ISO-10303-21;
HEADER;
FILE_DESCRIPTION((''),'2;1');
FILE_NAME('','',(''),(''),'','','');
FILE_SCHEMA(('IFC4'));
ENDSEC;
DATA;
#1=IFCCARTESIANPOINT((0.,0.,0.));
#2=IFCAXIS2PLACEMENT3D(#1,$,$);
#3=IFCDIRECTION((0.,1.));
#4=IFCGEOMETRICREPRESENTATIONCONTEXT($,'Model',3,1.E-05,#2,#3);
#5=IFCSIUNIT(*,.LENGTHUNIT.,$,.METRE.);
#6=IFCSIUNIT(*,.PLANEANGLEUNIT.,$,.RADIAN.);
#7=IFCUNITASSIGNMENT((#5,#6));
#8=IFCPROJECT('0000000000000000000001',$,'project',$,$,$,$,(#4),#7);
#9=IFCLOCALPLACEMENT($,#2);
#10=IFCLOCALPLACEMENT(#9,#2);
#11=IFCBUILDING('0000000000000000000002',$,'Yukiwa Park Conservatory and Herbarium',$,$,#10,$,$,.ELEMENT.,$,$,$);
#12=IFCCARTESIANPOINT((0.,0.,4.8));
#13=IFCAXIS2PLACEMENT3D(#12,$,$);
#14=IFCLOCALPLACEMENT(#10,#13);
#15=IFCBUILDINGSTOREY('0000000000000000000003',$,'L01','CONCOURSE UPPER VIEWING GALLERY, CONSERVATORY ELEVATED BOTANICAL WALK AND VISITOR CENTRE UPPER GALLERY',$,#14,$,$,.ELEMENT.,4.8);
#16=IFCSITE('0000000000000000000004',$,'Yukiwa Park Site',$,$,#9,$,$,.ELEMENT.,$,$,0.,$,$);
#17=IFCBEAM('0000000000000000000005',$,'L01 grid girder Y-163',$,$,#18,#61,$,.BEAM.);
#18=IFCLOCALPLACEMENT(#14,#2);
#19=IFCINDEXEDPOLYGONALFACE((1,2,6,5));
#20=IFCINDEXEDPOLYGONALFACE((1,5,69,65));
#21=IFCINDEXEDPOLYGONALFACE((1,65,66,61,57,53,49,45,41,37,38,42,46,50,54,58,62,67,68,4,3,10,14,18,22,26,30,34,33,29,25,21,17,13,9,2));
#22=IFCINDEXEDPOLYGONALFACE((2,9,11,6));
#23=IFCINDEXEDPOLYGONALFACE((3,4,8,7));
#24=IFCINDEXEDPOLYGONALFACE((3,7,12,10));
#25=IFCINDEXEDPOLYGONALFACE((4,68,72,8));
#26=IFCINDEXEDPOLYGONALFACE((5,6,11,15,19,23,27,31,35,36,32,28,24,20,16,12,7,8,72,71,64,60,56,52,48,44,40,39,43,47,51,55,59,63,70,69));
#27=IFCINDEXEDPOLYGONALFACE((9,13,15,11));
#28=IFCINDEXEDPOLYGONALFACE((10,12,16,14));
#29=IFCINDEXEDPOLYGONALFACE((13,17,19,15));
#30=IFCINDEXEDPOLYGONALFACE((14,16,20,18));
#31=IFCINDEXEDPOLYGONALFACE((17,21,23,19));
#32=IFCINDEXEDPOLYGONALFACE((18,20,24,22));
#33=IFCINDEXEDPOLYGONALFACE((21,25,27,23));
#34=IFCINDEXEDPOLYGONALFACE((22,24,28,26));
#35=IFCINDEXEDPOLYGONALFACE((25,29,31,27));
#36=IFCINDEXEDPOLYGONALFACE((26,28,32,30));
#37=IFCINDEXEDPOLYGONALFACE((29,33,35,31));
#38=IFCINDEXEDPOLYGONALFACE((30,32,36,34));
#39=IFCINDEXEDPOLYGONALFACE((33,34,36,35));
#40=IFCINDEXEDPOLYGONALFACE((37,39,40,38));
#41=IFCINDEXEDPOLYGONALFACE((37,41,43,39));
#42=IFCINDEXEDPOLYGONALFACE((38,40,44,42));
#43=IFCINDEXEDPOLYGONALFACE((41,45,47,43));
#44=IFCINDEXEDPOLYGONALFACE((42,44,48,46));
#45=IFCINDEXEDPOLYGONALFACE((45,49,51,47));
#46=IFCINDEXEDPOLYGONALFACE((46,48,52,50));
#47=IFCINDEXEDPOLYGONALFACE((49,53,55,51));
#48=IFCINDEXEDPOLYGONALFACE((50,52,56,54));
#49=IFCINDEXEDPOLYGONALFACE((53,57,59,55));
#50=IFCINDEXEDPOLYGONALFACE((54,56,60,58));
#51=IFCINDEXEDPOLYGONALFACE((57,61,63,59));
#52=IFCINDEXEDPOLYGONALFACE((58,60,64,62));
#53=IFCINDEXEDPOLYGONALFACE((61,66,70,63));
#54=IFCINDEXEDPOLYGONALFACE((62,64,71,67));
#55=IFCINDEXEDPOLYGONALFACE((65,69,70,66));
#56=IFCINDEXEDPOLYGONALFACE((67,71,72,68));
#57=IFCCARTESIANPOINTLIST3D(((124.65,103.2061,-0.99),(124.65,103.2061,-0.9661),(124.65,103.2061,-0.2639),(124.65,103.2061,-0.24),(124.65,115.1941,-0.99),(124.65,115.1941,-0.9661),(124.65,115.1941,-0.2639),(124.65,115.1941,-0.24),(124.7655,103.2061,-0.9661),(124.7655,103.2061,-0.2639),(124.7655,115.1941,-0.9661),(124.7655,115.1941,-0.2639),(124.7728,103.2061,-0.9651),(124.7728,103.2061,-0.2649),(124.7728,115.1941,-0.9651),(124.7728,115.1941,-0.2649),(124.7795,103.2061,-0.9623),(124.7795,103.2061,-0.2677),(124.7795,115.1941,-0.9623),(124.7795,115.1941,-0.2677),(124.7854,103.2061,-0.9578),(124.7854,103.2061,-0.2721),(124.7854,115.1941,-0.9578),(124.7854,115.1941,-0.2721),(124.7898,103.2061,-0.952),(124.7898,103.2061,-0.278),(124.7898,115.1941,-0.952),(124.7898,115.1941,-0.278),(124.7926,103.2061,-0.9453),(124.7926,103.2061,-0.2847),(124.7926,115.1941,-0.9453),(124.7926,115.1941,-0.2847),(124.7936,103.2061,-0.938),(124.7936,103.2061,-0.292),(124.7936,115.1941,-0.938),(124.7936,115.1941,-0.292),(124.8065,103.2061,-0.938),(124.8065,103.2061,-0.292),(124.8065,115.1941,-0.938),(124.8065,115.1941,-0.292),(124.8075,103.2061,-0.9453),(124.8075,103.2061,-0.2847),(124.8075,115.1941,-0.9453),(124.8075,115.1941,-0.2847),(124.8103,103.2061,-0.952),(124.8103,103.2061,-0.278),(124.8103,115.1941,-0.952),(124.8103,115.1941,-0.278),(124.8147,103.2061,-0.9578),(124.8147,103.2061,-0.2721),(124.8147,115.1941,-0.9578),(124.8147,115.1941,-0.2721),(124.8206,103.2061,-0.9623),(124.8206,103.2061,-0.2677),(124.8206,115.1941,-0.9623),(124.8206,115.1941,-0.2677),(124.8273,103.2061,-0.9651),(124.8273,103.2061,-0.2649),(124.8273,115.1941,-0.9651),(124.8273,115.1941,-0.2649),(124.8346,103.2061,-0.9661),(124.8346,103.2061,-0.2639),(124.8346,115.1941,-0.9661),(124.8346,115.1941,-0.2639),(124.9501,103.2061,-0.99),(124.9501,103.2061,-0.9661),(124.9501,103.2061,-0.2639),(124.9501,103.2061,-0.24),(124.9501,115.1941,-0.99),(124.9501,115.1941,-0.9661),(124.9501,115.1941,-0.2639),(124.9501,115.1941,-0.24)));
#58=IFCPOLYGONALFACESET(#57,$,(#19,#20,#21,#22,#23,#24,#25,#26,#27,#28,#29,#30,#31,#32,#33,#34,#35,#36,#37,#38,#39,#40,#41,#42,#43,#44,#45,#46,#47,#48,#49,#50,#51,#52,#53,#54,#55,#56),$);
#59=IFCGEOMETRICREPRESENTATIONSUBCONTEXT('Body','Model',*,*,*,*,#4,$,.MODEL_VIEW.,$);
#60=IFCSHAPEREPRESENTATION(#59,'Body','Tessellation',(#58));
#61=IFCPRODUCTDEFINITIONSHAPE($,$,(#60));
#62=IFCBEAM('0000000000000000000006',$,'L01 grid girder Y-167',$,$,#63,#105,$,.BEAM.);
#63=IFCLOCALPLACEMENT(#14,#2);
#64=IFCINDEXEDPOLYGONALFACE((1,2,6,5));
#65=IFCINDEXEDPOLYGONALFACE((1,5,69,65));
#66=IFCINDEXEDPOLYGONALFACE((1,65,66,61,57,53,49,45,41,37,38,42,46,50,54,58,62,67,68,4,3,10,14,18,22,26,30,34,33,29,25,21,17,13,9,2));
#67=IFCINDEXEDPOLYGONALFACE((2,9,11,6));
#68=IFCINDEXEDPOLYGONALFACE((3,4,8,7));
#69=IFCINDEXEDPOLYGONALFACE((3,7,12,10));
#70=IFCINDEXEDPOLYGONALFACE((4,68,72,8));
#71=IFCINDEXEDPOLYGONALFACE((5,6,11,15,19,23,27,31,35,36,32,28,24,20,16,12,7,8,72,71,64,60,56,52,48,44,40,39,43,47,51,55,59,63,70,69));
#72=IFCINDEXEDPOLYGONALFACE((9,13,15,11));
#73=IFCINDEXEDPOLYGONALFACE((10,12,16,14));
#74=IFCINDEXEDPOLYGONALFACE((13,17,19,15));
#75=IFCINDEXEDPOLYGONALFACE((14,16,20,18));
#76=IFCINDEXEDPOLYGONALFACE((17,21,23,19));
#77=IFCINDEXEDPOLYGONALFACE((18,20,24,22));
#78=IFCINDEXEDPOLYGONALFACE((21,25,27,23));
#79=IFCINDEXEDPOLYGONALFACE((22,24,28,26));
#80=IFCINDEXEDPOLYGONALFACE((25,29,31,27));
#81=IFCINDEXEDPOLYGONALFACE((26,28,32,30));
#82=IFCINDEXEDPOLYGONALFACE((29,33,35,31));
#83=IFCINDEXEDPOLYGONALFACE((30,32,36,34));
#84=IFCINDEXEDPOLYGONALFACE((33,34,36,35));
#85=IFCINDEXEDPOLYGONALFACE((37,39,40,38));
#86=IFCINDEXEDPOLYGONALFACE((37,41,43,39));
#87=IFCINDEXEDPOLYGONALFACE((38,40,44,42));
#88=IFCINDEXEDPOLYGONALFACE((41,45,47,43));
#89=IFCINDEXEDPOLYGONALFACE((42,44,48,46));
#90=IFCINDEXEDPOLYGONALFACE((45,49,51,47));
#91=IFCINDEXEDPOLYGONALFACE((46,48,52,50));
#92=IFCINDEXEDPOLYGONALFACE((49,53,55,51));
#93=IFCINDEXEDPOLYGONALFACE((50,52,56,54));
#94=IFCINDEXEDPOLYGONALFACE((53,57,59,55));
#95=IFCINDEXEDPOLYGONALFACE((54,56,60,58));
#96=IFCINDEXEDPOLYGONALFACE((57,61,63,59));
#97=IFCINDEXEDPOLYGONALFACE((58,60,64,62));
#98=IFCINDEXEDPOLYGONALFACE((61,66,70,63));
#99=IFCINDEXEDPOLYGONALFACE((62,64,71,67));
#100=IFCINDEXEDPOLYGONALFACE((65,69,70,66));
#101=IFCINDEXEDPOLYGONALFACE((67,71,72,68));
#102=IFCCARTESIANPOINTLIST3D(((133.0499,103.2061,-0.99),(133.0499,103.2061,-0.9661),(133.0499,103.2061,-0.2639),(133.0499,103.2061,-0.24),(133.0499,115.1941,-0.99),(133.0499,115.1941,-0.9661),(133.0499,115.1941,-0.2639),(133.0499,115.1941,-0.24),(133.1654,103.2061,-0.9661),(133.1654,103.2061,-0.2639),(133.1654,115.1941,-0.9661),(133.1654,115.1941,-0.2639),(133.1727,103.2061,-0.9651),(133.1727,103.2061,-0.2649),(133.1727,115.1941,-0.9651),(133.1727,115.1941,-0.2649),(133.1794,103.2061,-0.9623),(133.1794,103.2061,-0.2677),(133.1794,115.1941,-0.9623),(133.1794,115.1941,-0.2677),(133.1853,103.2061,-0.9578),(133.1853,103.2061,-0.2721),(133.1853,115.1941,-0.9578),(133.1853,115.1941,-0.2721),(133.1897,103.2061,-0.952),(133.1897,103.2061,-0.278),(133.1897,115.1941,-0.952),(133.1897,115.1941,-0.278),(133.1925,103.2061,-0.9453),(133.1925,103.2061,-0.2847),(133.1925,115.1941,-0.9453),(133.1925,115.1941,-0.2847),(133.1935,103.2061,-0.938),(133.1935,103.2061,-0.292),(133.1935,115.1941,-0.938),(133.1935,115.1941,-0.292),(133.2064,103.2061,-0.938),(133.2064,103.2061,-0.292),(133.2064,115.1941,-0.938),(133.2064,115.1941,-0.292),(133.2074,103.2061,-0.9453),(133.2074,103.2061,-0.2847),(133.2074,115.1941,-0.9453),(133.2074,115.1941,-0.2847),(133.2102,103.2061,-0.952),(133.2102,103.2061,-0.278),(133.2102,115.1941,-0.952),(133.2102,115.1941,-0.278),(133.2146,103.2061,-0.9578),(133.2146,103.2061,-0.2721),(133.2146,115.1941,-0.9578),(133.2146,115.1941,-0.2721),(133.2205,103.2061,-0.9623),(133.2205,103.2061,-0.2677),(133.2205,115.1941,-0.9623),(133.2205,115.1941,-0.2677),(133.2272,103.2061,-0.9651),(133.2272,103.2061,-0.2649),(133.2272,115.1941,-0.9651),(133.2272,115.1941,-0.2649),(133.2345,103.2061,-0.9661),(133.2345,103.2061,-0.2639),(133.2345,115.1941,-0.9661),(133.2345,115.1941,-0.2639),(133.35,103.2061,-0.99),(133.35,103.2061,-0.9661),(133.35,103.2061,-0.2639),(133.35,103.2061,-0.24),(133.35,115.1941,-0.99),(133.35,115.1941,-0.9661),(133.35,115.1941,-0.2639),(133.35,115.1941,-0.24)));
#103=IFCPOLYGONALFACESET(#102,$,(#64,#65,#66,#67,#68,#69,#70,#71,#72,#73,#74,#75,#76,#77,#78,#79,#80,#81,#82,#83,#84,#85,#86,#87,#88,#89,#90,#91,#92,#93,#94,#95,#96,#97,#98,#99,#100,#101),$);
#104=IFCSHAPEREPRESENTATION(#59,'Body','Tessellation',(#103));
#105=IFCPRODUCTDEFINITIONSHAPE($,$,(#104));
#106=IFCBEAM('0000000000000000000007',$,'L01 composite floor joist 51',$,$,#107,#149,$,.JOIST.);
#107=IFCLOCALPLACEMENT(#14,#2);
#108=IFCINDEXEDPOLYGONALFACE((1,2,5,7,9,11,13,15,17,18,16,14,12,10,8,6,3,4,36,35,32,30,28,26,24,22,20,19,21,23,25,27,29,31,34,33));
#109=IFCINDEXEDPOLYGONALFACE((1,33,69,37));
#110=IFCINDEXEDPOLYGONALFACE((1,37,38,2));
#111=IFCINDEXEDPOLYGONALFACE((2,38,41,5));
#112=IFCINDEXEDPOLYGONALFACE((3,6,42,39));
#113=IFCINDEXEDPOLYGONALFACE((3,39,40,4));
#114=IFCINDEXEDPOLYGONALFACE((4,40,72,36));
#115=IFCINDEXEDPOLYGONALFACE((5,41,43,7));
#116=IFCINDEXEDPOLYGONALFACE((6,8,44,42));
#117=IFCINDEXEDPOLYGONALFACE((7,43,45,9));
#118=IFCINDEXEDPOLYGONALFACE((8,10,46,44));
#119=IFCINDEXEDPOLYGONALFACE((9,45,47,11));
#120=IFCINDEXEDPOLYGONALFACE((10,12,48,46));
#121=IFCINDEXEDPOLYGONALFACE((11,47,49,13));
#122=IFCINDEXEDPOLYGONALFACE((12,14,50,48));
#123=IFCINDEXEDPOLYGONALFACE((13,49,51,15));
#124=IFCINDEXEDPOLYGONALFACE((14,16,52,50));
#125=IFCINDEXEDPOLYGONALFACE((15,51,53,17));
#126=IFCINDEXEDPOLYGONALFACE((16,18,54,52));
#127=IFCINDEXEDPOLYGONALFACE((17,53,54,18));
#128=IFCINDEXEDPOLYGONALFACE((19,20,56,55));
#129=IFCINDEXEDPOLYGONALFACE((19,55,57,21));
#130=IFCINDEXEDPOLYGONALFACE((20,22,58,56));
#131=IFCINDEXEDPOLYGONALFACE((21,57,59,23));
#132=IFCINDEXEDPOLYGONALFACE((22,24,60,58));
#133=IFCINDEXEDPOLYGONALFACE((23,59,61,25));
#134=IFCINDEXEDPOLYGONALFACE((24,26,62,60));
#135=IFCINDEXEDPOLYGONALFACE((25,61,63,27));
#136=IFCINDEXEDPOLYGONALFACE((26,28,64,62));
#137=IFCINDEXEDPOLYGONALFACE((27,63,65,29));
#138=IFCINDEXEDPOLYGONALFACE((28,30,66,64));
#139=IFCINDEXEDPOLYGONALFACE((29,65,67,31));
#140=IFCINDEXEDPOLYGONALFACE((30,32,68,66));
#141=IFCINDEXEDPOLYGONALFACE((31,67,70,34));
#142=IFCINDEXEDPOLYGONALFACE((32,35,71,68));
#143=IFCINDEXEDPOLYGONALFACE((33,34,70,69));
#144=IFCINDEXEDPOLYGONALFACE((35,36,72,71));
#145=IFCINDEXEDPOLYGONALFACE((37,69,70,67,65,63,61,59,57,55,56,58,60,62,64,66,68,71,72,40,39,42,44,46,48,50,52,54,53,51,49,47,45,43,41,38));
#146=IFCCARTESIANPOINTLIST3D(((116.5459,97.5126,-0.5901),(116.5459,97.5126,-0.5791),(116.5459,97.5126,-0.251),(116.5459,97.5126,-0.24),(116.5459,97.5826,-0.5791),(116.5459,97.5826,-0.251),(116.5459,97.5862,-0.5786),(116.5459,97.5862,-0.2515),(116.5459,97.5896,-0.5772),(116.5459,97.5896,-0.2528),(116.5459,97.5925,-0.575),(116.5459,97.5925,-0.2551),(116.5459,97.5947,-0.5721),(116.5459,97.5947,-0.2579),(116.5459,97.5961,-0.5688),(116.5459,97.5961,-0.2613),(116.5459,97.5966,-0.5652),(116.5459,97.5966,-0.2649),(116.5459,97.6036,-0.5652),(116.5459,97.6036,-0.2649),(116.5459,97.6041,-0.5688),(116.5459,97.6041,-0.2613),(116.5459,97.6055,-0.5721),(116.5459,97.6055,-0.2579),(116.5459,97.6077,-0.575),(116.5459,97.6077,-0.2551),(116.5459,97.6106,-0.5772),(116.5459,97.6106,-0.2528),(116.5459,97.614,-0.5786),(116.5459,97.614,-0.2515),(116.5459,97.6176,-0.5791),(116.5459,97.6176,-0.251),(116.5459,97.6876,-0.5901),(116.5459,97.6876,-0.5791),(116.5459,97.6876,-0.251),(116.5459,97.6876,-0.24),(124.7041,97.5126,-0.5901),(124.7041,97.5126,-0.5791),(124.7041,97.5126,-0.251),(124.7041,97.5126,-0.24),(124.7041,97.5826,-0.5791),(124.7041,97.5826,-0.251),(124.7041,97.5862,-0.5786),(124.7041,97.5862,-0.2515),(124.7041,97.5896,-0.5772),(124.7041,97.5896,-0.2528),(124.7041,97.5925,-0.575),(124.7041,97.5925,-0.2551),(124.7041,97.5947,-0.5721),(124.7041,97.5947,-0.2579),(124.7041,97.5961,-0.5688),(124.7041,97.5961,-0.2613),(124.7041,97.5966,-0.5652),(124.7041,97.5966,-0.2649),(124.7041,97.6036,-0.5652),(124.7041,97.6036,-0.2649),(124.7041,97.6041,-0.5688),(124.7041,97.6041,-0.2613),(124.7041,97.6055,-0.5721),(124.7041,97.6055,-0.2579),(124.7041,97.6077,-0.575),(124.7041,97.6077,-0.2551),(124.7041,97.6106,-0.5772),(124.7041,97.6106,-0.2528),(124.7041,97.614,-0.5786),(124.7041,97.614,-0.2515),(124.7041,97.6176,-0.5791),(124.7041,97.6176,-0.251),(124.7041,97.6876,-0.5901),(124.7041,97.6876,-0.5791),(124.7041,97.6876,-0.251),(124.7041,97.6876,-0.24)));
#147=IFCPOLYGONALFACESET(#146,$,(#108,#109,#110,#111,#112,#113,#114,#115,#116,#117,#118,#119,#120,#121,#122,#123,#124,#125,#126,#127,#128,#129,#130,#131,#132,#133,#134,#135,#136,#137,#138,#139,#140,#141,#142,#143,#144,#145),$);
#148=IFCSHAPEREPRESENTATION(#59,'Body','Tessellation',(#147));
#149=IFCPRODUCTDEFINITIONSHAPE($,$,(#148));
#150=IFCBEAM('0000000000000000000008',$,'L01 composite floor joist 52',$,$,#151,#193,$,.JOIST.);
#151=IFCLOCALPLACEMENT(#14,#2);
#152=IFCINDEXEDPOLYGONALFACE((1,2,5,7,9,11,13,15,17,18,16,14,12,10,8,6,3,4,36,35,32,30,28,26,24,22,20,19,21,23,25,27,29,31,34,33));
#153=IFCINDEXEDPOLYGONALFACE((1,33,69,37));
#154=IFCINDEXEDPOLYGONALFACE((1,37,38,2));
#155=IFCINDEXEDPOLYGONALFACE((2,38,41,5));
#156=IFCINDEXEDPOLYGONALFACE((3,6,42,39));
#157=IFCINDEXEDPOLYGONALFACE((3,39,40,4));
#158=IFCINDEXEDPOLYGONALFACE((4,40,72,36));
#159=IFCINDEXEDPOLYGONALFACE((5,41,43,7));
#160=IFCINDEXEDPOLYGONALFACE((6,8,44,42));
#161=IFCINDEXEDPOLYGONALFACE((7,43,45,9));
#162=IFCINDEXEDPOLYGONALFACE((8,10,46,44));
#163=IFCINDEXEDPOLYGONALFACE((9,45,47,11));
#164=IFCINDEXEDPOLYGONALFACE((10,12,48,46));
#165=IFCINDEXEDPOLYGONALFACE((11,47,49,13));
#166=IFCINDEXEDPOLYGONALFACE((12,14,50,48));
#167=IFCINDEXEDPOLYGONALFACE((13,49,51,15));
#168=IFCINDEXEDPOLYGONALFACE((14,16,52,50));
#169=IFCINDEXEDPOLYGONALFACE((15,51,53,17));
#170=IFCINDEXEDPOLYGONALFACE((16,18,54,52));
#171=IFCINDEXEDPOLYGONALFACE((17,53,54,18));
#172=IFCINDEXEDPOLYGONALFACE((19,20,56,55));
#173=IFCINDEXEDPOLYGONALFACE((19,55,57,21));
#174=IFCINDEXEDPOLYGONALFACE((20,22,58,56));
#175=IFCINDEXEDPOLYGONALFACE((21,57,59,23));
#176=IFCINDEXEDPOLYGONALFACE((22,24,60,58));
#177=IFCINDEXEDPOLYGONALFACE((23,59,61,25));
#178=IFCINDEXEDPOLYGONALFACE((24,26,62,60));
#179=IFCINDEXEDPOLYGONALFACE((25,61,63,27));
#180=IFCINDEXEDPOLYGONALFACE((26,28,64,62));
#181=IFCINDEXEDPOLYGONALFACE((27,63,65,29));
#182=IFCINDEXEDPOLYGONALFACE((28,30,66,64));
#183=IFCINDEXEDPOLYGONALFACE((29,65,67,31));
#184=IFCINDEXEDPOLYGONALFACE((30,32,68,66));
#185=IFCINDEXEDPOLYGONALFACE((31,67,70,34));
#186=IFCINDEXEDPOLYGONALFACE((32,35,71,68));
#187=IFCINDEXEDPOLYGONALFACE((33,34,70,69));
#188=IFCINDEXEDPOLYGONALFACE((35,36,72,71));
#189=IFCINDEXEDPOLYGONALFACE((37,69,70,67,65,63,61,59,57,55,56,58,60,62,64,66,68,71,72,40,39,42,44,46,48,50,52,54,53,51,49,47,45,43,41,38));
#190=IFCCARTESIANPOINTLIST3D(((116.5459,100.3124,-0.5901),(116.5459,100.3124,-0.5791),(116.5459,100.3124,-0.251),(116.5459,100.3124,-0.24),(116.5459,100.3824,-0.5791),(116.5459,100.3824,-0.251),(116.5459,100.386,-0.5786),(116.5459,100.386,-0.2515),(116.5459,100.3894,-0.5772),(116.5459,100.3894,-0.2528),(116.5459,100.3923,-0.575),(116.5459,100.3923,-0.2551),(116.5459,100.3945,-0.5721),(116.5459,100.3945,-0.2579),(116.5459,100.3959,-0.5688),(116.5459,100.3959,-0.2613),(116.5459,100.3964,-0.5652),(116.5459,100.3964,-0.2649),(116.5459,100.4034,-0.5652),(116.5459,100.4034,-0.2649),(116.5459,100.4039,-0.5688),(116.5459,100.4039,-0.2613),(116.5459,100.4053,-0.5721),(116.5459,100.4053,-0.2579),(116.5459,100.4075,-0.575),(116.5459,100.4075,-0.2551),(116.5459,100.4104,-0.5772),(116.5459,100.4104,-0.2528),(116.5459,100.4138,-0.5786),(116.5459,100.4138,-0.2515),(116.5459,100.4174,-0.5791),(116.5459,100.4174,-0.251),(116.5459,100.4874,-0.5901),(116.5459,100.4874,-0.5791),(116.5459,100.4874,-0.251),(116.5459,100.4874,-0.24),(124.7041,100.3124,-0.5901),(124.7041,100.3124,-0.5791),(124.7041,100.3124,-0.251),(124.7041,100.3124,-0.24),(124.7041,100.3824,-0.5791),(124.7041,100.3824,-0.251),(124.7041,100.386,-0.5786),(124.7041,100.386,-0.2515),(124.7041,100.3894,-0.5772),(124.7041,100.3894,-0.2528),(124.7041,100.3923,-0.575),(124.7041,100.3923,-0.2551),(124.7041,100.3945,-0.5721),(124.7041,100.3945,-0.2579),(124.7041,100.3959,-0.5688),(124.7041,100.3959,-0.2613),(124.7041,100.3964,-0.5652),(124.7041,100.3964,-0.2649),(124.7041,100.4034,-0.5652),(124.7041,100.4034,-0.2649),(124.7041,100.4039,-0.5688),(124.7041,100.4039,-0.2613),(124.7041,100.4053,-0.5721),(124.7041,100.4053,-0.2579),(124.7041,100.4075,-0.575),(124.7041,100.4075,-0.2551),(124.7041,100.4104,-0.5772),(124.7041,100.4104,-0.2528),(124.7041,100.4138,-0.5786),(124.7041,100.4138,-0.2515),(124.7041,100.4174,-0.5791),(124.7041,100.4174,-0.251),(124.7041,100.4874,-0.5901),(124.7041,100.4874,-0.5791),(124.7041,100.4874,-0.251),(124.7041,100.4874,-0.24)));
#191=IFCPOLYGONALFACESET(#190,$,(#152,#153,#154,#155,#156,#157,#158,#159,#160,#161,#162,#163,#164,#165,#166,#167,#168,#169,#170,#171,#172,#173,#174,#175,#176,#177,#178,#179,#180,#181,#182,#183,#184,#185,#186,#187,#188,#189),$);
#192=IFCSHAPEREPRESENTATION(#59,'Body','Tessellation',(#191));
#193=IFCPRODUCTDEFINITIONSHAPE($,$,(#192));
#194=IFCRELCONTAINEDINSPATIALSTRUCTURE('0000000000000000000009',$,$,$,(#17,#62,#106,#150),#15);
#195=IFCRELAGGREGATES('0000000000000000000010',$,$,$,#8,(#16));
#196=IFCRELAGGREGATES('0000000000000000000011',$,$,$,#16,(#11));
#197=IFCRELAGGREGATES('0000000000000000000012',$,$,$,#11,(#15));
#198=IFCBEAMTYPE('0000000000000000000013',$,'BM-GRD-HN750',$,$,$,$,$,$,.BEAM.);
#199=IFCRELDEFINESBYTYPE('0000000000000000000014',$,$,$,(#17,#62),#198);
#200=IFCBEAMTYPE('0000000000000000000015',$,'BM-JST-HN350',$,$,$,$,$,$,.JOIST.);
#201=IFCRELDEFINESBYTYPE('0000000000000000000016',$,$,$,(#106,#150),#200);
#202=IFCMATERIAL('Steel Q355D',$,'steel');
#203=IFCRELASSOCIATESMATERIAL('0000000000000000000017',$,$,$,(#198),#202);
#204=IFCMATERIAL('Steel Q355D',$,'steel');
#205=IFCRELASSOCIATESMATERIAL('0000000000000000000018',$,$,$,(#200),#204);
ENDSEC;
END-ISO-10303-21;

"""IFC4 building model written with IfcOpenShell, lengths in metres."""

from ifc_helpers import new_model, si_unit, direction, frame, origin, origin_2d, place, context, subcontext, project, spatial, i_section, extrude, material, material_profile, profile_set, type_object, element, save


model = new_model("IFC4")

# Units and contexts
model_context = context("Model", 3, precision=1e-05, world=origin(), true_north=direction((0.0, 1.0)))
body_context = subcontext(model_context, "Body", "Model", "MODEL_VIEW")
ifc_project = project(units=[si_unit("LENGTHUNIT", "METRE"), si_unit("PLANEANGLEUNIT", "RADIAN")], contexts=[model_context])

# Site, building, storey
site_placement = place(None, origin())
site = spatial("IfcSite", under=ifc_project, at=site_placement, Name="Yukiwa Park Site", CompositionType="ELEMENT", RefElevation=0.0)
building_placement = place(site_placement, origin())
building = spatial("IfcBuilding", under=site, at=building_placement, Name="Yukiwa Park Conservatory and Herbarium", CompositionType="ELEMENT")
storey_placement = place(building_placement, frame((0.0, 0.0, 4.8)))
storey = spatial("IfcBuildingStorey", under=building, at=storey_placement, Name="L01", Description="CONCOURSE UPPER VIEWING GALLERY, CONSERVATORY ELEVATED BOTANICAL WALK AND VISITOR CENTRE UPPER GALLERY", CompositionType="ELEMENT", Elevation=4.8)

# Beams
ifc_material_1 = material(Name="Steel Q355D", Category="steel")
ifc_material_profile_1 = material_profile(ifc_material_1, i_section(OverallWidth=0.3, OverallDepth=0.75, WebThickness=0.0129, FlangeThickness=0.0239, FilletRadius=0.0281, at=origin_2d()), Name="HN 750x300x13x24")
ifc_profile_set_1 = profile_set([ifc_material_profile_1], Name="Steel Q355D")
beam_type_1 = type_object("IfcBeamType", Name="BM-GRD-HN750", PredefinedType="BEAM", material=ifc_profile_set_1)
for number, where, z_axis, x_axis, name in (
    (1, (124.8, 103.2061, -0.615), (0.0, 1.0, 0.0), (-1.0, 0.0, 0.0), "L01 grid girder Y-163"),
    (2, (133.2, 103.2061, -0.615), (0.0, 1.0, 0.0), (-1.0, 0.0, 0.0), "L01 grid girder Y-167"),
):
    element("IfcBeam", number, at=place(storey_placement, frame(where, z_axis=z_axis, x_axis=x_axis)), inside=storey, type_object=beam_type_1, Name=name, PredefinedType="BEAM", context=body_context, shape_type="SweptSolid", body=[
        extrude(i_section(OverallWidth=0.3, OverallDepth=0.75, WebThickness=0.0129, FlangeThickness=0.0239, FilletRadius=0.0281, at=origin_2d()), origin(), (0.0, 0.0, 1.0), 11.988),
    ])
ifc_material_2 = material(Name="Steel Q355D", Category="steel")
ifc_material_profile_2 = material_profile(ifc_material_2, i_section(OverallWidth=0.175, OverallDepth=0.3501, WebThickness=0.0071, FlangeThickness=0.011, FilletRadius=0.0139, at=origin_2d()), Name="HN 350x175x7x11")
ifc_profile_set_2 = profile_set([ifc_material_profile_2], Name="Steel Q355D")
beam_type_2 = type_object("IfcBeamType", Name="BM-JST-HN350", PredefinedType="JOIST", material=ifc_profile_set_2)
for number, where, z_axis, x_axis, name in (
    (3, (116.5459, 97.6001, -0.415), (1.0, 0.0, 0.0), (0.0, 1.0, 0.0), "L01 composite floor joist 51"),
    (4, (116.5459, 100.3999, -0.415), (1.0, 0.0, 0.0), (0.0, 1.0, 0.0), "L01 composite floor joist 52"),
):
    element("IfcBeam", number, at=place(storey_placement, frame(where, z_axis=z_axis, x_axis=x_axis)), inside=storey, type_object=beam_type_2, Name=name, PredefinedType="JOIST", context=body_context, shape_type="SweptSolid", body=[
        extrude(i_section(OverallWidth=0.175, OverallDepth=0.3501, WebThickness=0.0071, FlangeThickness=0.011, FilletRadius=0.0139, at=origin_2d()), origin(), (0.0, 0.0, 1.0), 8.1582),
    ])

save(model, "model.ifc")
